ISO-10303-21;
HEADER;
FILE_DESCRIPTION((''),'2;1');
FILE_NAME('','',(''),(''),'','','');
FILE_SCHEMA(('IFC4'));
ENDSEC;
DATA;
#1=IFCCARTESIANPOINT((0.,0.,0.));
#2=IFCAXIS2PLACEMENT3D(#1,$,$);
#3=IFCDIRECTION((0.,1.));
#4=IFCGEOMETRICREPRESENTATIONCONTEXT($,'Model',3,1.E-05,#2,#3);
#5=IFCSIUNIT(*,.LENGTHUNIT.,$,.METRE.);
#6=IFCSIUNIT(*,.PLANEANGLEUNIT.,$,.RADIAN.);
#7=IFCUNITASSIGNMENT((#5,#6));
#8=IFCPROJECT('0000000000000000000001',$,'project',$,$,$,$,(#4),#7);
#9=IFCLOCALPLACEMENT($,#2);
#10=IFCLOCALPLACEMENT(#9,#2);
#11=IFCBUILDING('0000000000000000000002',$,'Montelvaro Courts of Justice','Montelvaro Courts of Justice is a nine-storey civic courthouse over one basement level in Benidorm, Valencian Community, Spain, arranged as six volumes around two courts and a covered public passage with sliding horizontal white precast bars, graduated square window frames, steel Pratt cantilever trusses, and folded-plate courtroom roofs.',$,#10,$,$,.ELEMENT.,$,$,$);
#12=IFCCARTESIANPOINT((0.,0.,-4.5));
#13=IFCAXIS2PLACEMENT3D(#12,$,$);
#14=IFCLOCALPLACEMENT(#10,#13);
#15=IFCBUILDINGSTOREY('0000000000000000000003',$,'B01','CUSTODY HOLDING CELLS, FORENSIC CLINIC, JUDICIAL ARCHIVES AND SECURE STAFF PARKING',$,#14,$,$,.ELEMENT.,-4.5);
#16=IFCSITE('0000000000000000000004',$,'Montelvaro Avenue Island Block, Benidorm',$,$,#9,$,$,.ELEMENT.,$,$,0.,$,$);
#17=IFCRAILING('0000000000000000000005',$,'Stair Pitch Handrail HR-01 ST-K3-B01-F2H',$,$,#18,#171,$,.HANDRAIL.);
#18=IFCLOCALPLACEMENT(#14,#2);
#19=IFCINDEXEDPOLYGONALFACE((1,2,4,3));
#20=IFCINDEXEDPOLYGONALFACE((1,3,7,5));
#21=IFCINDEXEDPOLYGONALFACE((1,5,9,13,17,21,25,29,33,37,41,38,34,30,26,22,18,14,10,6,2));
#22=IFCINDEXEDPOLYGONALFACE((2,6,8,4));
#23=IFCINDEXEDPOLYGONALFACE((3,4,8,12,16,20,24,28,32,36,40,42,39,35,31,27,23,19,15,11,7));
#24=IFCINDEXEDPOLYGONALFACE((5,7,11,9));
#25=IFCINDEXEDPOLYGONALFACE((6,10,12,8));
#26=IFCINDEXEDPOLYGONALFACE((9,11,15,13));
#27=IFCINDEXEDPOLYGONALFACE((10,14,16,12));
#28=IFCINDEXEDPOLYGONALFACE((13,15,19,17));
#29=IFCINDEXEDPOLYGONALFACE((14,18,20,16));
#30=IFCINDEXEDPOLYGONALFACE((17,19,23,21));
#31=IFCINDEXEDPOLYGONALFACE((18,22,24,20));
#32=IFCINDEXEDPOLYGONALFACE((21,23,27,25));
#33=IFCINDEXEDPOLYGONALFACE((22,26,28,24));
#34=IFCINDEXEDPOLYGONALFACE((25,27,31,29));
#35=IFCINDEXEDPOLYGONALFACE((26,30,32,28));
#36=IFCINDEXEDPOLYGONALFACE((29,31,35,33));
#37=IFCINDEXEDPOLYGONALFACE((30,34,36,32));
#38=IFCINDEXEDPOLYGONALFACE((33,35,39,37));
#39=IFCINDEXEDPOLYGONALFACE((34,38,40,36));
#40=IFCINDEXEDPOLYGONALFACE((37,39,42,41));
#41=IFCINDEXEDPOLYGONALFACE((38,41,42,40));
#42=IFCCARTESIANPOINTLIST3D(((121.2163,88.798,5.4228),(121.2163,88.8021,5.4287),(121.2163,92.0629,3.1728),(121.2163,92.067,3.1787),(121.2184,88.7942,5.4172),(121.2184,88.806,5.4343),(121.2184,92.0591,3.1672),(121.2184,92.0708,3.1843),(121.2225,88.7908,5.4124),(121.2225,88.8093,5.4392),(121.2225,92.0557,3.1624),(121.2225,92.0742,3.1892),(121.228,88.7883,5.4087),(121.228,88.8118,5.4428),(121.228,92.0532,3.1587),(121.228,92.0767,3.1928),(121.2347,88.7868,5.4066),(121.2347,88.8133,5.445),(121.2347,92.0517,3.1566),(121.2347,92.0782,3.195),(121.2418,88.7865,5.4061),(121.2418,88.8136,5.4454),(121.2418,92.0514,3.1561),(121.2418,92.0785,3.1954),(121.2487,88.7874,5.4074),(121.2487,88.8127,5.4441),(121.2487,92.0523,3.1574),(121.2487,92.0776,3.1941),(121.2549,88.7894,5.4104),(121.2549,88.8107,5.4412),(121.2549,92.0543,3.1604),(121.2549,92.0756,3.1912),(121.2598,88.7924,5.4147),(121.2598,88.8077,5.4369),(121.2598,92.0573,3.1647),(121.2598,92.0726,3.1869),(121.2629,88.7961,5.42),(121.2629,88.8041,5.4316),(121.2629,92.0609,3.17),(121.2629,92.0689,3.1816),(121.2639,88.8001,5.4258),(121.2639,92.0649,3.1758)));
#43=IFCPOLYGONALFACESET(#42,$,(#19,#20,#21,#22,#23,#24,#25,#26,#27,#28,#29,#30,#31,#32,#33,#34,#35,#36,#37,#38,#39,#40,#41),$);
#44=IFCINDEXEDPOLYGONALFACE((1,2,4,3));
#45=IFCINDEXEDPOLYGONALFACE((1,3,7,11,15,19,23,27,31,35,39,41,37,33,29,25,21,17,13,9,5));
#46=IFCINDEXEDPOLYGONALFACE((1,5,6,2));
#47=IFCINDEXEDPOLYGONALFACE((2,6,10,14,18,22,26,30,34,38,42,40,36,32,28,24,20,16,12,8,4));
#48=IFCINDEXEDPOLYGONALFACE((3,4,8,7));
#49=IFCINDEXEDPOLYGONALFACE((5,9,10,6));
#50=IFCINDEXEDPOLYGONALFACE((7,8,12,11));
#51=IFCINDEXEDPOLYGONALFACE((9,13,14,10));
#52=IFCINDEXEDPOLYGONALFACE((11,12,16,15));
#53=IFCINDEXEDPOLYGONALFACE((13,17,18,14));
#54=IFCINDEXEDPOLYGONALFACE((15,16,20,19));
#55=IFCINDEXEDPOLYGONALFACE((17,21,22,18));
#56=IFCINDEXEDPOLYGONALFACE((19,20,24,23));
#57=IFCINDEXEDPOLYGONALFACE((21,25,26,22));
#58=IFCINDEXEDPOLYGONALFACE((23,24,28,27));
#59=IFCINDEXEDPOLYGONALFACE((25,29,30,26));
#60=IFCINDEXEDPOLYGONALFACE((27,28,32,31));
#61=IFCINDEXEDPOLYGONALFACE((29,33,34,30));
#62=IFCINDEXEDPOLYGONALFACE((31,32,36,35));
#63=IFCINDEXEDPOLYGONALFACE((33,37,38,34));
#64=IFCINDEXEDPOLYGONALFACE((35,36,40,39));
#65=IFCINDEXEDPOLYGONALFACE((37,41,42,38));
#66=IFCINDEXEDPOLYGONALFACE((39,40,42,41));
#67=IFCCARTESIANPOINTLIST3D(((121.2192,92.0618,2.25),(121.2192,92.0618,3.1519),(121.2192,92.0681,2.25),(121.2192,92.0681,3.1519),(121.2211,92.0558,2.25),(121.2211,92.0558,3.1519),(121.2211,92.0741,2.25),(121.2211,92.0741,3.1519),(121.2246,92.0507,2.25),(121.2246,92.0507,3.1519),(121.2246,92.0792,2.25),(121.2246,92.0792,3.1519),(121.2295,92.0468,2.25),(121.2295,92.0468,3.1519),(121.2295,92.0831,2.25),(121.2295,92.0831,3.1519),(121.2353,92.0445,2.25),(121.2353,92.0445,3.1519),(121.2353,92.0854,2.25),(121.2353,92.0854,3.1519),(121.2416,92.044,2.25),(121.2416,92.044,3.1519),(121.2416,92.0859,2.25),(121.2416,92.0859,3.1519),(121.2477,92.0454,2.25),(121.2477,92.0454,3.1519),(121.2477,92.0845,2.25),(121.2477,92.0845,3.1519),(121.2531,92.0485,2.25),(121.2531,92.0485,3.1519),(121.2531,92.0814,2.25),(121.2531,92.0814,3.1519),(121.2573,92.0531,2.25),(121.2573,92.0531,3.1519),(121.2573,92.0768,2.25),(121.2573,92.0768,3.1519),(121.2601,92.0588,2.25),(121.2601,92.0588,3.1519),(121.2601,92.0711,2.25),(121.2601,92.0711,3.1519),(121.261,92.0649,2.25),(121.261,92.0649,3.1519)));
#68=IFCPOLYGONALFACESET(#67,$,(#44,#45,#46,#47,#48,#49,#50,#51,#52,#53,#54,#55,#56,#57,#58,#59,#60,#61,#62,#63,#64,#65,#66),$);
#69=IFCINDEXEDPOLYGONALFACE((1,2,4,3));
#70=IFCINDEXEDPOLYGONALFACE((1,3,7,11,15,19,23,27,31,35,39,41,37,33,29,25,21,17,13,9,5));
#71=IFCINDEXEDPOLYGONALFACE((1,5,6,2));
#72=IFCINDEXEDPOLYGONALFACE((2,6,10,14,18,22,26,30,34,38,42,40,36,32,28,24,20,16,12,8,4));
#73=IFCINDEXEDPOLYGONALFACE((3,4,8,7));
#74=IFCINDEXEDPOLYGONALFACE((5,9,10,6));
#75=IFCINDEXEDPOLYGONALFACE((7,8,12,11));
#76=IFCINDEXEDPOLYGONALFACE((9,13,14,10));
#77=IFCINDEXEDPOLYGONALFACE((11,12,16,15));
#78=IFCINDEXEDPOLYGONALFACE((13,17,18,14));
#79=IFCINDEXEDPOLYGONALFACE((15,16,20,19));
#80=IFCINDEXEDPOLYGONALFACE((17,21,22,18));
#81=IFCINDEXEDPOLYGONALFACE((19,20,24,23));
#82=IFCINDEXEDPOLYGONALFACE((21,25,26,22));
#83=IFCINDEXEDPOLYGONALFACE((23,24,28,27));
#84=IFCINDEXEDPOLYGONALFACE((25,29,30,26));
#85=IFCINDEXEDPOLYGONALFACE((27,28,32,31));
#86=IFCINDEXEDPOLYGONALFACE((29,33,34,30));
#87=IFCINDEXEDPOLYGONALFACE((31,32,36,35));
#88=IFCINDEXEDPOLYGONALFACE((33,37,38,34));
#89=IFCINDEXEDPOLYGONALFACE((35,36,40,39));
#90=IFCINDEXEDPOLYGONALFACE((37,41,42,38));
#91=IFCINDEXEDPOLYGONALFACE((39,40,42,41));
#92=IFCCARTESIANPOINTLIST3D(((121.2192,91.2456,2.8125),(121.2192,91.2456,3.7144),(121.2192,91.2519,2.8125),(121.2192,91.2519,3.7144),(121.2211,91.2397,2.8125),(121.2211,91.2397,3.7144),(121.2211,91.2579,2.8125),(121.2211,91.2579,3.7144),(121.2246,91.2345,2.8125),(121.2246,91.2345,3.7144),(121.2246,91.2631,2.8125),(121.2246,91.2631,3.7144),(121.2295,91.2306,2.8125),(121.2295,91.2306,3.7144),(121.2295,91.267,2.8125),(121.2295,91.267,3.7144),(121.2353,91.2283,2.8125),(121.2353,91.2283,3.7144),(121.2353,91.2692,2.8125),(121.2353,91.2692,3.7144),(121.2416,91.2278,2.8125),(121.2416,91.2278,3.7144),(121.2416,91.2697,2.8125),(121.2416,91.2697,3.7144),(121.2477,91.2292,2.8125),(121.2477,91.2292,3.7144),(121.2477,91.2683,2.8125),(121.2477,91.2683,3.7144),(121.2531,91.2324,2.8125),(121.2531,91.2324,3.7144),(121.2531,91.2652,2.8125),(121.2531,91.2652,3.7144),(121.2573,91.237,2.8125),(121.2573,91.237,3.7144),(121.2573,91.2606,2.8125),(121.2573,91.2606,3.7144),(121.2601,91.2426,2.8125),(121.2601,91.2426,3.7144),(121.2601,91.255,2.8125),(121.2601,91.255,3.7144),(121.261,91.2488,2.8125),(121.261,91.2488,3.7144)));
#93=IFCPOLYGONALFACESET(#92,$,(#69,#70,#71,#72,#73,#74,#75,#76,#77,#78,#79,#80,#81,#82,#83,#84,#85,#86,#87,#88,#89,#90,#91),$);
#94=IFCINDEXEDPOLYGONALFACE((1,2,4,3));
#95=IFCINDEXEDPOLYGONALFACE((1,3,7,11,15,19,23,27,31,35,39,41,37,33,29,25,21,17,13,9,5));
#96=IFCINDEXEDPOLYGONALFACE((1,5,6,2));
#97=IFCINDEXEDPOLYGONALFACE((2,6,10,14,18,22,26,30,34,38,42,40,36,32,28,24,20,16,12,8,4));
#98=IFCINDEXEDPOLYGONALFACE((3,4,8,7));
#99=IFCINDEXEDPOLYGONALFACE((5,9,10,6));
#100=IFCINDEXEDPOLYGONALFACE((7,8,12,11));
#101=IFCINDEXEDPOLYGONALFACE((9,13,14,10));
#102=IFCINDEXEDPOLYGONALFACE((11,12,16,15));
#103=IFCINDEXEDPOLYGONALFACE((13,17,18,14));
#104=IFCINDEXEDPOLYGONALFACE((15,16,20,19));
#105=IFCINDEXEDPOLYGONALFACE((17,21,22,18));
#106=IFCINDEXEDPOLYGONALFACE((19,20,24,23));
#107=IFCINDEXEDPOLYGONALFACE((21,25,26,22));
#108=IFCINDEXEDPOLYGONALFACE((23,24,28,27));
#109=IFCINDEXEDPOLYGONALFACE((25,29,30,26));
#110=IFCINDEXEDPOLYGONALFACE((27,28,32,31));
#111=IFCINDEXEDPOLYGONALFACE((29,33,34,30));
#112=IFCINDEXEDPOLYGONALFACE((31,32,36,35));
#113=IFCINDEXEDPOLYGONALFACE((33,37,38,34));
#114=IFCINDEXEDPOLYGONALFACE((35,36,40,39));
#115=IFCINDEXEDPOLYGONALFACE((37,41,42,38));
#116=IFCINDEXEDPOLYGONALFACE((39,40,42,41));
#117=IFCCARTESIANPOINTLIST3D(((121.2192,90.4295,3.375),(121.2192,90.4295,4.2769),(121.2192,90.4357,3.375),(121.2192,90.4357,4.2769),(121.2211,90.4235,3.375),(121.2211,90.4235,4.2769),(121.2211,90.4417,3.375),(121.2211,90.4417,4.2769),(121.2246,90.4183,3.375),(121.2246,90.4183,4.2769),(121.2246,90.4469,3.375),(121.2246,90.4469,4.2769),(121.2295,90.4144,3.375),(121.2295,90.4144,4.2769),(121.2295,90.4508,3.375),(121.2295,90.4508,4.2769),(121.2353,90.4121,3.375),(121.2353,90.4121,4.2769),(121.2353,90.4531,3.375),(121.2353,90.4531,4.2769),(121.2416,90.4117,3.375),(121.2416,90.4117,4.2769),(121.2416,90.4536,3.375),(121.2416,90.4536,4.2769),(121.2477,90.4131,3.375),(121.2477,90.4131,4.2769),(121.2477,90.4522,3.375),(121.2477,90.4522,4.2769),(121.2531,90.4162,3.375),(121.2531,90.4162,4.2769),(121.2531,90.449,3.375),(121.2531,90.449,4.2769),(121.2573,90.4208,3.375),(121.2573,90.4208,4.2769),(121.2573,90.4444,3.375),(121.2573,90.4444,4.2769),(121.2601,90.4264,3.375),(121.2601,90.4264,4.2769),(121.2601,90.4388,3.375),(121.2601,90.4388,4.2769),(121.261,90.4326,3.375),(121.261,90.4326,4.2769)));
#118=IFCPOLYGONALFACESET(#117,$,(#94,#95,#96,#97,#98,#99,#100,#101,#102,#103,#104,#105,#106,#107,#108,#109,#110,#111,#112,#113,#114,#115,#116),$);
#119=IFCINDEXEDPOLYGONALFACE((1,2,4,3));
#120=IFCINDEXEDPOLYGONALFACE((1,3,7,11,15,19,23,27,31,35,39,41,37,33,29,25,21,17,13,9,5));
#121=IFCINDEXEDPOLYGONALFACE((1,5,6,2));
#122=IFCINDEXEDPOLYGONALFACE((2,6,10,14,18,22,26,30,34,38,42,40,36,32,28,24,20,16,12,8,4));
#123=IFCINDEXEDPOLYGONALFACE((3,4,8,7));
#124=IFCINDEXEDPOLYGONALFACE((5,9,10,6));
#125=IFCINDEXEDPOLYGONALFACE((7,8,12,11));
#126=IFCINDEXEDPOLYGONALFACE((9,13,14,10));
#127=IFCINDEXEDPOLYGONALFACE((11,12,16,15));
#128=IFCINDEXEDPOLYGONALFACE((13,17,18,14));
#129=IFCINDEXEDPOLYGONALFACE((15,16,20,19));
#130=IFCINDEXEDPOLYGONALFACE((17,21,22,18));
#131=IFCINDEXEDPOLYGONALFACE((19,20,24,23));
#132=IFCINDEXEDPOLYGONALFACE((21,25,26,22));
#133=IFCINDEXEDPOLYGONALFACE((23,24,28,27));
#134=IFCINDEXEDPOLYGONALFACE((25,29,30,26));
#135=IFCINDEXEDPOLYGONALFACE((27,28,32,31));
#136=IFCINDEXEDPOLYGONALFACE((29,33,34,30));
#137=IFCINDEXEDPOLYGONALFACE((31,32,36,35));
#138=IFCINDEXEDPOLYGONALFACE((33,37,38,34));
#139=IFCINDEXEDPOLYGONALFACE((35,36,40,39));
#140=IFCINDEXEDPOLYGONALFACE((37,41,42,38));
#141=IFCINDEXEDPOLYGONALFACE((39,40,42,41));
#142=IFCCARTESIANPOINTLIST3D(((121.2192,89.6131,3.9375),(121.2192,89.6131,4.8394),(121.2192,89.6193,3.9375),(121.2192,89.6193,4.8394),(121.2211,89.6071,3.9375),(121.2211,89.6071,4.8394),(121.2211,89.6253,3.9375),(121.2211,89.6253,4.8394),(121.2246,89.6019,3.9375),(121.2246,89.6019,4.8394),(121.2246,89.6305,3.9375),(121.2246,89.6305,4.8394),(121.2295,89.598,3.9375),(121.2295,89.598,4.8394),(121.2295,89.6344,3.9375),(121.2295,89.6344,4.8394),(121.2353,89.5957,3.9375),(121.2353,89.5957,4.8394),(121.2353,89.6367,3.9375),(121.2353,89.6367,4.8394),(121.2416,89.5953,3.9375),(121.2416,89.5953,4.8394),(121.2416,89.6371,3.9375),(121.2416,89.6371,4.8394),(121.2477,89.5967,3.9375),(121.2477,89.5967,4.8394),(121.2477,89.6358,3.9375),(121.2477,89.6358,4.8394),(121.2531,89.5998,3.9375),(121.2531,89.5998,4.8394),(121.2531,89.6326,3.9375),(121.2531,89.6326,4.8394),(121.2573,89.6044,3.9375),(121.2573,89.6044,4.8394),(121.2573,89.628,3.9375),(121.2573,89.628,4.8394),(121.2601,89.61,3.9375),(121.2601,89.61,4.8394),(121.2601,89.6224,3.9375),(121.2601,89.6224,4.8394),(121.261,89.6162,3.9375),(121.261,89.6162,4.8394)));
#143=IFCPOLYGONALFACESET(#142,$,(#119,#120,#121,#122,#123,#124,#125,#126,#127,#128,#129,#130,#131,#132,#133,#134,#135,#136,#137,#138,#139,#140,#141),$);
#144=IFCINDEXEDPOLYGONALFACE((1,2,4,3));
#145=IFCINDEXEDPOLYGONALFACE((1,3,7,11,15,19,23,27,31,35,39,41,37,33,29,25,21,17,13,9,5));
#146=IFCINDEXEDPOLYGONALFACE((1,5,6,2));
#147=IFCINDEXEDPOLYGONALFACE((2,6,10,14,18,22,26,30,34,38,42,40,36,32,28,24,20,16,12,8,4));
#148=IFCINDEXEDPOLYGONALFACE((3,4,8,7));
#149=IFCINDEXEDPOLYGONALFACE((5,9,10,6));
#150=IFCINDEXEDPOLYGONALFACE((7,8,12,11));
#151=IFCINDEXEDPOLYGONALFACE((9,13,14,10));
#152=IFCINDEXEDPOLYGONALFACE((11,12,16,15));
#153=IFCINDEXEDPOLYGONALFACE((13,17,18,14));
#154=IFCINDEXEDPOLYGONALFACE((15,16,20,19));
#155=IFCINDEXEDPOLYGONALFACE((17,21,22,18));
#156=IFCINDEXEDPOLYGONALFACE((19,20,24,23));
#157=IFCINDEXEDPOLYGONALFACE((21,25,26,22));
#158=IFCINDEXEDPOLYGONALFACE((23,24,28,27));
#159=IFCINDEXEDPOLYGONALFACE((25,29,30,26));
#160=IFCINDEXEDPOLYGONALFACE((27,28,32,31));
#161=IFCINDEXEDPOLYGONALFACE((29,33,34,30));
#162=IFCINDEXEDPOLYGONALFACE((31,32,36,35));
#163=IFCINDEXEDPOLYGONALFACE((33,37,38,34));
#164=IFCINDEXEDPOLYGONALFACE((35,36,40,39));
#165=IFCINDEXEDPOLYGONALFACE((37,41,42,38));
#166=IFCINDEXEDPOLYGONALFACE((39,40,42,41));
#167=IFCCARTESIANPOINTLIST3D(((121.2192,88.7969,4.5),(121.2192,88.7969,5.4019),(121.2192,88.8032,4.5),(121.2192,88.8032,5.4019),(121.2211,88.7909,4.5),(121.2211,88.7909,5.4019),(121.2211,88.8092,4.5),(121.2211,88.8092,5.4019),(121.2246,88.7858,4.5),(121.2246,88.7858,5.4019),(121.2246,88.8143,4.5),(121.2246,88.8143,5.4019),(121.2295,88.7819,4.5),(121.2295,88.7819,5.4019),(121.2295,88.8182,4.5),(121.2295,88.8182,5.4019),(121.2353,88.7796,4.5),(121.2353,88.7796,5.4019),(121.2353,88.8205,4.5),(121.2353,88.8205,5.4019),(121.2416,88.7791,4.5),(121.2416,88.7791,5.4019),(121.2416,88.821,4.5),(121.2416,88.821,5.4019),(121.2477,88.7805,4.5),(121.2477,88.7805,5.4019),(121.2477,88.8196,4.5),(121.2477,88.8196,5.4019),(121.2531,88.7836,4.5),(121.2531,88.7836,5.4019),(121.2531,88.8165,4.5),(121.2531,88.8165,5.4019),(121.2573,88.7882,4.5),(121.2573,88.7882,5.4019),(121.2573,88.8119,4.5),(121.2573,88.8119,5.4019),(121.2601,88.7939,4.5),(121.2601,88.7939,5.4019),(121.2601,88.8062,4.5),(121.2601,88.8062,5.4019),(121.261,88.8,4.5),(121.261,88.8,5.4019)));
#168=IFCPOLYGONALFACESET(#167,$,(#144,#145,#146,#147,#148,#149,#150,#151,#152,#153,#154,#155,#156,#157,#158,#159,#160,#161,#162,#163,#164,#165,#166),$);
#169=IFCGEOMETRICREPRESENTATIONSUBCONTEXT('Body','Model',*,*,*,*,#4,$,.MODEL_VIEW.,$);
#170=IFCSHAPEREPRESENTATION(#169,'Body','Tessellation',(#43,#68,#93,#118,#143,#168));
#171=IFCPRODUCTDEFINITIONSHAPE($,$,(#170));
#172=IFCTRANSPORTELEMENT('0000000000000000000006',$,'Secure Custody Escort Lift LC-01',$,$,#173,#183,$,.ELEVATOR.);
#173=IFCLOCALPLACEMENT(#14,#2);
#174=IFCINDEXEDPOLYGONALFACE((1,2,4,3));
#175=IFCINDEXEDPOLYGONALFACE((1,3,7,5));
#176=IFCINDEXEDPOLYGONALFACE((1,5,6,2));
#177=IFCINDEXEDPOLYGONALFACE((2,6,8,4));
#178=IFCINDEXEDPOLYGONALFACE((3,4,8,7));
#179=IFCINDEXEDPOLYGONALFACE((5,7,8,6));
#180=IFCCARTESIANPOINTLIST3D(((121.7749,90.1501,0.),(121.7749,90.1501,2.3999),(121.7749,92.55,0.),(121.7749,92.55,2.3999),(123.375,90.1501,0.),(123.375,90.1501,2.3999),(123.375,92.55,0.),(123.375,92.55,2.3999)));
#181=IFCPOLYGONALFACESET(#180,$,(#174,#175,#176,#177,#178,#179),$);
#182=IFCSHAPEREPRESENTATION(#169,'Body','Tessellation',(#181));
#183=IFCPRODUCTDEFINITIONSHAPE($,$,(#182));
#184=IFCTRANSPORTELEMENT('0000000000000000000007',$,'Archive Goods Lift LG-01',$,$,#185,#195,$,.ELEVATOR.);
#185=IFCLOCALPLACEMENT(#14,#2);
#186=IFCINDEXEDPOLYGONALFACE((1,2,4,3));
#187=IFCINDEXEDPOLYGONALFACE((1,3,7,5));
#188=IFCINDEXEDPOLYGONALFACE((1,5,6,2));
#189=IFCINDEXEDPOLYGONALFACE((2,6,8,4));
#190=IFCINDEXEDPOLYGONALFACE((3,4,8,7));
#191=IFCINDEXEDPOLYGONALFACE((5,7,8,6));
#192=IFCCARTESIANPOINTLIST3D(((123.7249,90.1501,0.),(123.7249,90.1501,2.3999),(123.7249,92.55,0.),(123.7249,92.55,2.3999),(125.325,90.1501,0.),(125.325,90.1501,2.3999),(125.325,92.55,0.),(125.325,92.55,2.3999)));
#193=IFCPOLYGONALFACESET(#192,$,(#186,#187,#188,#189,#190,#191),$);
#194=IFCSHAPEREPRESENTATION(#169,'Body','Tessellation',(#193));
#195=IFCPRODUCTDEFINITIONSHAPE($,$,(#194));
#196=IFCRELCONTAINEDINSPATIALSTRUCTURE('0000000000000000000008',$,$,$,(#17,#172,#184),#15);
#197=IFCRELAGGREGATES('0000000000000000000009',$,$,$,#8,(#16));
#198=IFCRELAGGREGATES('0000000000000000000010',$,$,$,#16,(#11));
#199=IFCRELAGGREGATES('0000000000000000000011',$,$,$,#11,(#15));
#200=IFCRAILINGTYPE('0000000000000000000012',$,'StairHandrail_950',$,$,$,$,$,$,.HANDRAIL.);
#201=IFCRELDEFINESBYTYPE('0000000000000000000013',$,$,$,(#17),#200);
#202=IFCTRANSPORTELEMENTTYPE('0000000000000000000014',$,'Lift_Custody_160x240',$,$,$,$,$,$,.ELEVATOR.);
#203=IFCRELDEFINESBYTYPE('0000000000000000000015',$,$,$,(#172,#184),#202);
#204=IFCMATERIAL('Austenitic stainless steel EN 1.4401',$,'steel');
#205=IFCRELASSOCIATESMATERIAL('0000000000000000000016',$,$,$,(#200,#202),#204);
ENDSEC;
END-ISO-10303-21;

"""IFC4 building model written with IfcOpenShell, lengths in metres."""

from ifc_helpers import new_model, si_unit, direction, frame, origin, origin_2d, place, context, subcontext, project, spatial, rectangle, circle, extrude, material, type_object, element, save


model = new_model("IFC4")

# Units and contexts
model_context = context("Model", 3, precision=1e-05, world=origin(), true_north=direction((0.0, 1.0)))
body_context = subcontext(model_context, "Body", "Model", "MODEL_VIEW")
ifc_project = project(units=[si_unit("LENGTHUNIT", "METRE"), si_unit("PLANEANGLEUNIT", "RADIAN")], contexts=[model_context])

# Site, building, storey
site_placement = place(None, origin())
site = spatial("IfcSite", under=ifc_project, at=site_placement, Name="Montelvaro Avenue Island Block, Benidorm", CompositionType="ELEMENT", RefElevation=0.0)
building_placement = place(site_placement, origin())
building = spatial("IfcBuilding", under=site, at=building_placement, Name="Montelvaro Courts of Justice", Description="Montelvaro Courts of Justice is a nine-storey civic courthouse over one basement level in Benidorm, Valencian Community, Spain, arranged as six volumes around two courts and a covered public passage with sliding horizontal white precast bars, graduated square window frames, steel Pratt cantilever trusses, and folded-plate courtroom roofs.", CompositionType="ELEMENT")
storey_placement = place(building_placement, frame((0.0, 0.0, -4.5)))
storey = spatial("IfcBuildingStorey", under=building, at=storey_placement, Name="B01", Description="CUSTODY HOLDING CELLS, FORENSIC CLINIC, JUDICIAL ARCHIVES AND SECURE STAFF PARKING", CompositionType="ELEMENT", Elevation=-4.5)

# Railing
ifc_material_1 = material(Name="Austenitic stainless steel EN 1.4401", Category="steel")
railing_type_1 = type_object("IfcRailingType", Name="StairHandrail_950", PredefinedType="HANDRAIL", material=ifc_material_1)
railing_1_placement = place(storey_placement, frame((121.24, 92.0649, 2.25)))
element("IfcRailing", 1, at=railing_1_placement, inside=storey, type_object=railing_type_1, Name="Stair Pitch Handrail HR-01 ST-K3-B01-F2H", PredefinedType="HANDRAIL", context=body_context, shape_type="SweptSolid", body=[
    extrude(circle(Radius=0.0239, at=origin_2d()), frame((0.0, 0.0, 0.9258), z_axis=(0.0, -0.823407, 0.567451), x_axis=(1.0, 0.0, 0.0)), (0.0, 0.0, 1.0), 3.9651),
    extrude(circle(Radius=0.021, at=origin_2d()), origin(), (0.0, 0.0, 1.0), 0.9019),
    extrude(circle(Radius=0.021, at=origin_2d()), frame((0.0, -0.8162, 0.5625)), (0.0, 0.0, 1.0), 0.9019),
    extrude(circle(Radius=0.021, at=origin_2d()), frame((0.0, -1.6323, 1.125)), (0.0, 0.0, 1.0), 0.9019),
    extrude(circle(Radius=0.021, at=origin_2d()), frame((0.0, -2.4487, 1.6875)), (0.0, 0.0, 1.0), 0.9019),
    extrude(circle(Radius=0.021, at=origin_2d()), frame((0.0, -3.2649, 2.25)), (0.0, 0.0, 1.0), 0.9019),
])

# Transport elements
transport_element_type = type_object("IfcTransportElementType", Name="Lift_Custody_160x240", PredefinedType="ELEVATOR", material=ifc_material_1)
for number, where, z_axis, x_axis, name in (
    (2, (122.575, 91.3501, 0.0), (0.0, 0.0, 1.0), (1.0, 0.0, 0.0), "Secure Custody Escort Lift LC-01"),
    (3, (124.5249, 91.3501, 0.0), (0.0, 0.0, 1.0), (1.0, 0.0, 0.0), "Archive Goods Lift LG-01"),
):
    element("IfcTransportElement", number, at=place(storey_placement, frame(where, z_axis=z_axis, x_axis=x_axis)), inside=storey, type_object=transport_element_type, Name=name, PredefinedType="ELEVATOR", context=body_context, shape_type="SweptSolid", body=[
        extrude(rectangle(XDim=1.6001, YDim=2.3999, at=origin_2d()), origin(), (0.0, 0.0, 1.0), 2.3999),
    ])

save(model, "model.ifc")
